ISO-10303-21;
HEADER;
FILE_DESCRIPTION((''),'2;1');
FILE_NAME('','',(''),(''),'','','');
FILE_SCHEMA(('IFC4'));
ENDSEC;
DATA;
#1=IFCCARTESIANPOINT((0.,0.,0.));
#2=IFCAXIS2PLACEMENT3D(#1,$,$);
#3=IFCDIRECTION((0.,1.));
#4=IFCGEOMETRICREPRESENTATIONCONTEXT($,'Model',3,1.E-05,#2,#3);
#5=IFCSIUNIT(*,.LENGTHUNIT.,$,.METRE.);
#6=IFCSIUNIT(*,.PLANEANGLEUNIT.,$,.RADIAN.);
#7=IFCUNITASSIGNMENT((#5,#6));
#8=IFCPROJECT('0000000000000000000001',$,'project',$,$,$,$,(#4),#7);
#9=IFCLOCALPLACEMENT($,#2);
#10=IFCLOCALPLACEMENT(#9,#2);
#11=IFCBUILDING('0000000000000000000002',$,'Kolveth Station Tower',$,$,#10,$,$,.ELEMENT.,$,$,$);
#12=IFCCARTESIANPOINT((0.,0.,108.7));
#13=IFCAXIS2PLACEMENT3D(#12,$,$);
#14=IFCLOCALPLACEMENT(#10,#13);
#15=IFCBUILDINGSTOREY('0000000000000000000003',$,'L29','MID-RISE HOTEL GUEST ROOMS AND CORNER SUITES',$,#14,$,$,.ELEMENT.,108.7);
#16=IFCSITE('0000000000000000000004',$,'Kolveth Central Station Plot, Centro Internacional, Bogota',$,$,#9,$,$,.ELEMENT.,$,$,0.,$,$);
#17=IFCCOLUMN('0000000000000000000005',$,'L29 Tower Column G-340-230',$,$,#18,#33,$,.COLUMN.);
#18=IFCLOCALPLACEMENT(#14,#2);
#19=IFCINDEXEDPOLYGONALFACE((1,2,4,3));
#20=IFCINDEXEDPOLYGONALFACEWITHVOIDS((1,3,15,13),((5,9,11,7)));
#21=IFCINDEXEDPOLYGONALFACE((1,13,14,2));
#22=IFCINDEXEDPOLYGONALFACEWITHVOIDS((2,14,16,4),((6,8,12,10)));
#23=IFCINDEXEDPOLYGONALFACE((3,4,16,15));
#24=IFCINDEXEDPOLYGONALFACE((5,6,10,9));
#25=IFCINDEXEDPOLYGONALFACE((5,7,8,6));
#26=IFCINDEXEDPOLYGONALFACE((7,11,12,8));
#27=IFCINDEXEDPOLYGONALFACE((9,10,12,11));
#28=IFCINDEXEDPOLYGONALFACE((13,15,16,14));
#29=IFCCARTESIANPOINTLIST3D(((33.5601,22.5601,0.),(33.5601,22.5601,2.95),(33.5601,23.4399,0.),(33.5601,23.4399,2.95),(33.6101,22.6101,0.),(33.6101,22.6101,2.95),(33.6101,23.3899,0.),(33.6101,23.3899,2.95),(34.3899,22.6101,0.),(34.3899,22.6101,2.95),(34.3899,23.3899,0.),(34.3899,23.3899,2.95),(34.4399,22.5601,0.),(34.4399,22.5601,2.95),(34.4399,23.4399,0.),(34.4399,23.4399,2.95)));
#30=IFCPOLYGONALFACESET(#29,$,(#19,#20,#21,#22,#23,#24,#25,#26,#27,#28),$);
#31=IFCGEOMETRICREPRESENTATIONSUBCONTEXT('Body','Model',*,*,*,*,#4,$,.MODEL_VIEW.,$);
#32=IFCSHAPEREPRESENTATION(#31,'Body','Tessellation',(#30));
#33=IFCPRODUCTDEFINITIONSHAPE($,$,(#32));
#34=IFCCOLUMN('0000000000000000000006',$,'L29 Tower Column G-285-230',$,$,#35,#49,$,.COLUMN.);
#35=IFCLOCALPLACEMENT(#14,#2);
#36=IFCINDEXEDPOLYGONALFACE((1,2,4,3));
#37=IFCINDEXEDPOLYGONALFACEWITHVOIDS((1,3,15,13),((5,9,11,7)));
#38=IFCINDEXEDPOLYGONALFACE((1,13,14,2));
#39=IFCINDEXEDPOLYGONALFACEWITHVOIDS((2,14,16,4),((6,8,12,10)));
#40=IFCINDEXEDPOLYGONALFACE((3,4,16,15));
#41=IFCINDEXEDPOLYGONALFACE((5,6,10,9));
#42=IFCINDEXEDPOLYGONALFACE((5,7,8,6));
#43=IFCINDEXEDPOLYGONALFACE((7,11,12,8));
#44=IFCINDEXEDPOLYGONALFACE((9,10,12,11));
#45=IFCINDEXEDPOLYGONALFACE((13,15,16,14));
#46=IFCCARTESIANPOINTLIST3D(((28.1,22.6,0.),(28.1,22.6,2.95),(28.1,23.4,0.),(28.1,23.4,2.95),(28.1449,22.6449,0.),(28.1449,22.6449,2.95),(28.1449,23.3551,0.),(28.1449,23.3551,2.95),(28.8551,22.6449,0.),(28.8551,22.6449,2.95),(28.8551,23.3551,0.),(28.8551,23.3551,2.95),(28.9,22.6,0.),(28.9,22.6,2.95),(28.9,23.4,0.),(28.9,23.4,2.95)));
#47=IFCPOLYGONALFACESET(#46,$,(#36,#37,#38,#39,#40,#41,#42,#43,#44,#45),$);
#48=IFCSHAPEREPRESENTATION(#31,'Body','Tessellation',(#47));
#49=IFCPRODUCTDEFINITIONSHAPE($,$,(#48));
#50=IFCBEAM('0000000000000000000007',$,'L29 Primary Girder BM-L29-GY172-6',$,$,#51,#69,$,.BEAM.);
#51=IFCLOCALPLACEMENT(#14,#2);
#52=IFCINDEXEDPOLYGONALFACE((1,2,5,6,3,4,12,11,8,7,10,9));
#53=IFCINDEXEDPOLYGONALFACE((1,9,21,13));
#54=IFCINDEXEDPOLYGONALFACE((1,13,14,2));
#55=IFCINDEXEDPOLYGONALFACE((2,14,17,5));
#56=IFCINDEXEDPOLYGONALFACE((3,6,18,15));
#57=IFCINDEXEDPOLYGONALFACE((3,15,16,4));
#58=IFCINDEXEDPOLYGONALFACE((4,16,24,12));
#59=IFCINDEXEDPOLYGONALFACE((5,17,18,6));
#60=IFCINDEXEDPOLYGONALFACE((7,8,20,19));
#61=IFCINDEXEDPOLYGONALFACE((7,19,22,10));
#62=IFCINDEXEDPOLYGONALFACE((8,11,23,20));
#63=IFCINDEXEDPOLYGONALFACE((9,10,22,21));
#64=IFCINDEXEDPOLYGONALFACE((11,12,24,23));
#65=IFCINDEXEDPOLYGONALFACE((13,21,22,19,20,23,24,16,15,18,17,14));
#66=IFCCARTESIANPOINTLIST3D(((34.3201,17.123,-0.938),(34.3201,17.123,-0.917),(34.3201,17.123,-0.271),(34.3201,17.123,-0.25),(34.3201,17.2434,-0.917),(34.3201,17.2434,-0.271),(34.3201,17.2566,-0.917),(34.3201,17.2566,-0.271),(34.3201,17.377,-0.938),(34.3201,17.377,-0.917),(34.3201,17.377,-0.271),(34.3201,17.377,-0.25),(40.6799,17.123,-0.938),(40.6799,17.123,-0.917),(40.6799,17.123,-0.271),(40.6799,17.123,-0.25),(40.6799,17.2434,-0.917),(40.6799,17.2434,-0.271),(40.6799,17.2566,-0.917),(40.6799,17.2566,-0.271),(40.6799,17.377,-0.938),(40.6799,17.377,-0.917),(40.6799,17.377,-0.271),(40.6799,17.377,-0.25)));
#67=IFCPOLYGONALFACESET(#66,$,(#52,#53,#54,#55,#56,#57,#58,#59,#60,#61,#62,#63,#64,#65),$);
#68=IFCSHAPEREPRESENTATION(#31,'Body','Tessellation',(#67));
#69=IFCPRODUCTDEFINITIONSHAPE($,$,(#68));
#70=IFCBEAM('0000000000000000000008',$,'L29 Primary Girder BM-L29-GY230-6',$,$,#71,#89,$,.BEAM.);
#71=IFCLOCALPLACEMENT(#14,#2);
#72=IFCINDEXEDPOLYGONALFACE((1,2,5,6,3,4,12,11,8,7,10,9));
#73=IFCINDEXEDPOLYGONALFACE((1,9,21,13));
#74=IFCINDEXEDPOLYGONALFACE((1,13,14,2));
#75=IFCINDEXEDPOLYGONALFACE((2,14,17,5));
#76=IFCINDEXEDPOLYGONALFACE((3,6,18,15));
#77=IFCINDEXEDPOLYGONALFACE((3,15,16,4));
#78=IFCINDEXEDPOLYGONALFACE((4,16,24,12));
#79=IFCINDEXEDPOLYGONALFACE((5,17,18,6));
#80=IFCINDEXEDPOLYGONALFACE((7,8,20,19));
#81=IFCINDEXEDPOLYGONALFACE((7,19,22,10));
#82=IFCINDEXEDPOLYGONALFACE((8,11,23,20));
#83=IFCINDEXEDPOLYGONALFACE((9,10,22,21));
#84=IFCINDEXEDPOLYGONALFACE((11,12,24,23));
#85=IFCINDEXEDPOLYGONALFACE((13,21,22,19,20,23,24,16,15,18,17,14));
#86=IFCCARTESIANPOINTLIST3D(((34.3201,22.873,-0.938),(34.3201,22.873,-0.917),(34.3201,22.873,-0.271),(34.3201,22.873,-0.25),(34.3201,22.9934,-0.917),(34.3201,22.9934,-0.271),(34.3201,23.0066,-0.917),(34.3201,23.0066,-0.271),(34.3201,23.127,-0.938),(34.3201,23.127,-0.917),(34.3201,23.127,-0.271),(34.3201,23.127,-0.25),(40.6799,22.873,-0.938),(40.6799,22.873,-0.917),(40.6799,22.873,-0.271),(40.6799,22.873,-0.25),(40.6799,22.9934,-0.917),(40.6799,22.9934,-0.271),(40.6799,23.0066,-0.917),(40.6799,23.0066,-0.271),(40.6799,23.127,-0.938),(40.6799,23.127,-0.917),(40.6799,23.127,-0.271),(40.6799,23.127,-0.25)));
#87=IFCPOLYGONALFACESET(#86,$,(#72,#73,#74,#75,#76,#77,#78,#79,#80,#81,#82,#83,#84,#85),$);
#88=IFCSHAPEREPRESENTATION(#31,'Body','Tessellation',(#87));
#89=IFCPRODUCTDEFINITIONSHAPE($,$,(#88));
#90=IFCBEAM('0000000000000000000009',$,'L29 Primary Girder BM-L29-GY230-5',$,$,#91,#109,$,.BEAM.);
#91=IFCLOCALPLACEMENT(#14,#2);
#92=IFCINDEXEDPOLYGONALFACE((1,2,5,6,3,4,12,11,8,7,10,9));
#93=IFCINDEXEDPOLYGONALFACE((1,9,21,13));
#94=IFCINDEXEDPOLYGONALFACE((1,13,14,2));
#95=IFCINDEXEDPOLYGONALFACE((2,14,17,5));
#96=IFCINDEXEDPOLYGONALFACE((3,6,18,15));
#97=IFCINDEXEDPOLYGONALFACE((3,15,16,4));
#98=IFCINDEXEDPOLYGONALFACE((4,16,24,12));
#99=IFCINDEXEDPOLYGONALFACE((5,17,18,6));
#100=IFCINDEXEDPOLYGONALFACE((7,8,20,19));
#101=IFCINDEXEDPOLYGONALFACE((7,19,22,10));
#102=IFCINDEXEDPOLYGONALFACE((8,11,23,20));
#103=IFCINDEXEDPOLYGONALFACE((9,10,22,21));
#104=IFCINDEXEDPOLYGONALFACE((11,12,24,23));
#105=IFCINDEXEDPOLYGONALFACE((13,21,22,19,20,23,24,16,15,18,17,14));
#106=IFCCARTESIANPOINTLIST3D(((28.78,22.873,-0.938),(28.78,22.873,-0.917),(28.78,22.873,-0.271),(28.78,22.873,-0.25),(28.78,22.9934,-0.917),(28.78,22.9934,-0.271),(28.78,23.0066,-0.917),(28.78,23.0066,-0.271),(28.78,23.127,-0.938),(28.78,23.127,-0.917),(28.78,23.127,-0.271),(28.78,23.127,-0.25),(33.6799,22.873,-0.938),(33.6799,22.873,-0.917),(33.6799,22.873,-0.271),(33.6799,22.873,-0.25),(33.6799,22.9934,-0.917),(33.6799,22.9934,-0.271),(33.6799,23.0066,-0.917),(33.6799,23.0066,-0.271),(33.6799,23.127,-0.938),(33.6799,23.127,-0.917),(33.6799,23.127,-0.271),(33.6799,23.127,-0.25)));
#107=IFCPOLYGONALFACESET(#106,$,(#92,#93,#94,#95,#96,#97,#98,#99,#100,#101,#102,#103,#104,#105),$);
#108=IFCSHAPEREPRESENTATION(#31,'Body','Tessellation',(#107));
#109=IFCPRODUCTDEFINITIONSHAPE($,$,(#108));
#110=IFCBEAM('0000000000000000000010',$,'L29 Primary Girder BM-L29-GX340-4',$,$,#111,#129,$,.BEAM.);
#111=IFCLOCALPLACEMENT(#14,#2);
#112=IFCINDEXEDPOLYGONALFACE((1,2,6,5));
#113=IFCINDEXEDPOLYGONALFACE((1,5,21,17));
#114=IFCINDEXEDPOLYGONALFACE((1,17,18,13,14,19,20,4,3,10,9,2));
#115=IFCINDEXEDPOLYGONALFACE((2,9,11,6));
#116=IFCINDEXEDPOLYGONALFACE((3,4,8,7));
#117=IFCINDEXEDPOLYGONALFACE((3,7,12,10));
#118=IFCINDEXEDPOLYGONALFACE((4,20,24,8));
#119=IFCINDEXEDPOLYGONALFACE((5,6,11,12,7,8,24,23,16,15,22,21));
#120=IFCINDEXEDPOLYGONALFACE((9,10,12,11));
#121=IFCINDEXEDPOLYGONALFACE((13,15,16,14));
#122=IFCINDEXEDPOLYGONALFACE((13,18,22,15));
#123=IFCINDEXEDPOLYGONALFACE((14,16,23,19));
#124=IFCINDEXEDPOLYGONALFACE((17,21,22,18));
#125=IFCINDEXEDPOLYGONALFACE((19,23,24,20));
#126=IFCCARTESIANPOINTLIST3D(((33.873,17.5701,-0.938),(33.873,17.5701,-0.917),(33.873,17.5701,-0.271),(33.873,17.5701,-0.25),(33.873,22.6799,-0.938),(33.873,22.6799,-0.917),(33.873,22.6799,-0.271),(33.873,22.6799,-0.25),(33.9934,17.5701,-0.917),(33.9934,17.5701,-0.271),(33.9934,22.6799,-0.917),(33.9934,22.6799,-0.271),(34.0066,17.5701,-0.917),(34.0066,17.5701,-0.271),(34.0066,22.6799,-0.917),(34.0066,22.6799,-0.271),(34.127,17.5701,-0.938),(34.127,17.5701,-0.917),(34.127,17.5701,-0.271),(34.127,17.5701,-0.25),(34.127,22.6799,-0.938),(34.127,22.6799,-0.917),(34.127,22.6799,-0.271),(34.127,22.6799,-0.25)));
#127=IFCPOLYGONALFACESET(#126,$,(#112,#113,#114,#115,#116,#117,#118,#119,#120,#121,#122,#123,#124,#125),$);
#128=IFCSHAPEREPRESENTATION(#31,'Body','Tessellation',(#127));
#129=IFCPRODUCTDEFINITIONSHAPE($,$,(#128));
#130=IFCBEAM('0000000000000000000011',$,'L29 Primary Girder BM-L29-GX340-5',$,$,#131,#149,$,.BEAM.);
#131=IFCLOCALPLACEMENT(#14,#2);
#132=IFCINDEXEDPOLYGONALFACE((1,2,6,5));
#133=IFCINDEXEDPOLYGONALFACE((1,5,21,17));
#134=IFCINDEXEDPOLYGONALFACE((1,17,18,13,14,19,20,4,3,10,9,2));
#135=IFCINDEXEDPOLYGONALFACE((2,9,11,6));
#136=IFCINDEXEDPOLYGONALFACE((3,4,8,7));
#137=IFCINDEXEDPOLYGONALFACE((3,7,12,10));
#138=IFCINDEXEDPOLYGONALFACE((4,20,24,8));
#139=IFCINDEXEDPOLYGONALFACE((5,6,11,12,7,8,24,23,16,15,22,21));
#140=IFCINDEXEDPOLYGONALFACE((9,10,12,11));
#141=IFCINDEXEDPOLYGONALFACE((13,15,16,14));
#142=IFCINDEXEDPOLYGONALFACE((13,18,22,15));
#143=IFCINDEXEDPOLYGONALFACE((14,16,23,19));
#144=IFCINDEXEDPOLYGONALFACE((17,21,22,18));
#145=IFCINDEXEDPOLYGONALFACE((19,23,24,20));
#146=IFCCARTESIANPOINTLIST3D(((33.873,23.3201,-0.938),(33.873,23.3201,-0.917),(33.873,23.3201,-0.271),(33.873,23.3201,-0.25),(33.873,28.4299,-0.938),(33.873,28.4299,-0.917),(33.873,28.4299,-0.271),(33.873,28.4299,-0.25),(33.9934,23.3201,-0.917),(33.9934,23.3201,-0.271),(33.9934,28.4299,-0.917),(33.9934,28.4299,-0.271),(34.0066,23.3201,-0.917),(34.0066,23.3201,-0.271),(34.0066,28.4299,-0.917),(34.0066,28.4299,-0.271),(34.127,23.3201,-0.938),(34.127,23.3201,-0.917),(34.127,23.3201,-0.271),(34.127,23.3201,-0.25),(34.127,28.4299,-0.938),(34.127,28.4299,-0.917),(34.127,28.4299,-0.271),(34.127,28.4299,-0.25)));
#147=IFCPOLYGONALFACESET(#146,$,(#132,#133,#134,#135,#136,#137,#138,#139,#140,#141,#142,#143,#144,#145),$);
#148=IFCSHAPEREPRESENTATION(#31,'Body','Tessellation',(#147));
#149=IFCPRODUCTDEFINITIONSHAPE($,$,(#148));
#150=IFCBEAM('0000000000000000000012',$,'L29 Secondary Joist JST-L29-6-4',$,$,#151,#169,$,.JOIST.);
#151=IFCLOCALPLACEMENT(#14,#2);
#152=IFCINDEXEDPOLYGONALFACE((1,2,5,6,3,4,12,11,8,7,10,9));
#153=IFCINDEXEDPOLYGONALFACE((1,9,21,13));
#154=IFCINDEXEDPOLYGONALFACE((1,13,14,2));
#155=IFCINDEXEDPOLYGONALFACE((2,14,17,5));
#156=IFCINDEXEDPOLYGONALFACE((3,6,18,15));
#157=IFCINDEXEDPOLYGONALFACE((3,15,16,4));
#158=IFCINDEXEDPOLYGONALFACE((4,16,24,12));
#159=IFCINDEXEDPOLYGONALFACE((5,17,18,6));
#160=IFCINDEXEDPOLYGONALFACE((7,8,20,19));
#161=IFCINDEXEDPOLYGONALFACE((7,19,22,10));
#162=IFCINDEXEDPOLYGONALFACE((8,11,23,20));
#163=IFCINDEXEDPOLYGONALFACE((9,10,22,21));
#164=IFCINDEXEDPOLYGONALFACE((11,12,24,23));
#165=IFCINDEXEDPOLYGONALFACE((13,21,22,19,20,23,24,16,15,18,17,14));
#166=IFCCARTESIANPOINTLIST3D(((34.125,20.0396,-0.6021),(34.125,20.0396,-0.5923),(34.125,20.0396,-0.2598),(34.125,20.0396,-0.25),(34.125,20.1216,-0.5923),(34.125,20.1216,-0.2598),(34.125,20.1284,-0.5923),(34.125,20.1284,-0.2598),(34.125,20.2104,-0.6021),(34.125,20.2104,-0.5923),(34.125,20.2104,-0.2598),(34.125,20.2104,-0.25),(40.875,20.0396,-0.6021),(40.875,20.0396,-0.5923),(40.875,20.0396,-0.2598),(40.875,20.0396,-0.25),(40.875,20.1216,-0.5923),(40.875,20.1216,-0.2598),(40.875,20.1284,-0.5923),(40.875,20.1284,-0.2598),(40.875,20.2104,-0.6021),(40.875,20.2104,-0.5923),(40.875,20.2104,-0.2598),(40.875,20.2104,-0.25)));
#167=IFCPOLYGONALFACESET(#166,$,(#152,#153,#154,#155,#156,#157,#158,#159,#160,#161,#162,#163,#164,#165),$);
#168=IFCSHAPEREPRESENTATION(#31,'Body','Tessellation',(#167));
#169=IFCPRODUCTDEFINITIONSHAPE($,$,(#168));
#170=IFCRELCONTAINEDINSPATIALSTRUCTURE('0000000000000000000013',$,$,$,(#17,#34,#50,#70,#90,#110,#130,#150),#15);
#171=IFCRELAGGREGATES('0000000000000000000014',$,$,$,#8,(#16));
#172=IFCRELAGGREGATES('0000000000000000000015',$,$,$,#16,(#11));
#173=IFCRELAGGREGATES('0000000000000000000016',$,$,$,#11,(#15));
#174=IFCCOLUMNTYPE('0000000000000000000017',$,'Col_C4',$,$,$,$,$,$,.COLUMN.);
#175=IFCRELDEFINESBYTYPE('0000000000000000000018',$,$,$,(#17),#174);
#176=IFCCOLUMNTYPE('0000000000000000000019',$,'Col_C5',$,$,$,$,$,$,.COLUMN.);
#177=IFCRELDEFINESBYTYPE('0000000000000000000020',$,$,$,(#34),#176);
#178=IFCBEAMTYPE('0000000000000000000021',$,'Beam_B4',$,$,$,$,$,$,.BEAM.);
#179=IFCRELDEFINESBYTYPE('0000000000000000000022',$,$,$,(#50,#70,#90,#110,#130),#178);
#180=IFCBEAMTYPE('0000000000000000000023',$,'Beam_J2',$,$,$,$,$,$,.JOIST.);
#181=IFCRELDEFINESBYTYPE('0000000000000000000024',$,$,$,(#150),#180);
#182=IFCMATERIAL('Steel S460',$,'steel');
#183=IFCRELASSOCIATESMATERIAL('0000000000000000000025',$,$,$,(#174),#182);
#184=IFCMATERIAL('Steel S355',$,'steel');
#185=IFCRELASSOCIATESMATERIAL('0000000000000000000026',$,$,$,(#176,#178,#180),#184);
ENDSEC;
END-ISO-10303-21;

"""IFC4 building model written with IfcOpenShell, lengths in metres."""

from ifc_helpers import new_model, si_unit, direction, frame, origin, origin_2d, place, context, subcontext, project, spatial, hollow_rectangle, i_section, extrude, source, transform, mapped, material, material_profile, profile_set, type_object, element, save


model = new_model("IFC4")

# Units and contexts
model_context = context("Model", 3, precision=1e-05, world=origin(), true_north=direction((0.0, 1.0)))
body_context = subcontext(model_context, "Body", "Model", "MODEL_VIEW")
ifc_project = project(units=[si_unit("LENGTHUNIT", "METRE"), si_unit("PLANEANGLEUNIT", "RADIAN")], contexts=[model_context])

# Site, building, storey
site_placement = place(None, origin())
site = spatial("IfcSite", under=ifc_project, at=site_placement, Name="Kolveth Central Station Plot, Centro Internacional, Bogota", CompositionType="ELEMENT", RefElevation=0.0)
building_placement = place(site_placement, origin())
building = spatial("IfcBuilding", under=site, at=building_placement, Name="Kolveth Station Tower", CompositionType="ELEMENT")
storey_placement = place(building_placement, frame((0.0, 0.0, 108.7)))
storey = spatial("IfcBuildingStorey", under=building, at=storey_placement, Name="L29", Description="MID-RISE HOTEL GUEST ROOMS AND CORNER SUITES", CompositionType="ELEMENT", Elevation=108.7)

# Columns
ifc_material_1 = material(Name="Steel S460", Category="steel")
ifc_material_profile_1 = material_profile(ifc_material_1, hollow_rectangle(XDim=0.8799, YDim=0.8799, WallThickness=0.05, at=origin_2d()), Name="BOX880x880x50")
ifc_profile_set_1 = profile_set([ifc_material_profile_1], Name="Steel S460")
column_type_1 = type_object("IfcColumnType", Name="Col_C4", PredefinedType="COLUMN", material=ifc_profile_set_1)
shared_shape_1 = source(origin(), body_context, "Body", "SweptSolid", [
    extrude(hollow_rectangle(XDim=0.8799, YDim=0.8799, WallThickness=0.05, at=origin_2d()), origin(), (0.0, 0.0, 1.0), 2.95),
])
column_1_placement = place(storey_placement, frame((34.0, 23.0, 0.0), z_axis=(0.0, 0.0, 1.0), x_axis=(1.0, 0.0, 0.0)))
element("IfcColumn", 1, at=column_1_placement, inside=storey, type_object=column_type_1, Name="L29 Tower Column G-340-230", PredefinedType="COLUMN", context=body_context, shape_type="MappedRepresentation", body=[
    mapped(shared_shape_1, transform((0.0, 0.0, 0.0), x_axis=(1.0, 0.0, 0.0), y_axis=(0.0, 1.0, 0.0), z_axis=(0.0, 0.0, 1.0), scale=1.0)),
])
ifc_material_2 = material(Name="Steel S355", Category="steel")
ifc_material_profile_2 = material_profile(ifc_material_2, hollow_rectangle(XDim=0.8, YDim=0.8, WallThickness=0.0449, at=origin_2d()), Name="BOX800x800x45")
ifc_profile_set_2 = profile_set([ifc_material_profile_2], Name="Steel S355")
column_type_2 = type_object("IfcColumnType", Name="Col_C5", PredefinedType="COLUMN", material=ifc_profile_set_2)
shared_shape_2 = source(origin(), body_context, "Body", "SweptSolid", [
    extrude(hollow_rectangle(XDim=0.8, YDim=0.8, WallThickness=0.0449, at=origin_2d()), origin(), (0.0, 0.0, 1.0), 2.95),
])
column_2_placement = place(storey_placement, frame((28.5, 23.0, 0.0), z_axis=(0.0, 0.0, 1.0), x_axis=(1.0, 0.0, 0.0)))
element("IfcColumn", 2, at=column_2_placement, inside=storey, type_object=column_type_2, Name="L29 Tower Column G-285-230", PredefinedType="COLUMN", context=body_context, shape_type="MappedRepresentation", body=[
    mapped(shared_shape_2, transform((0.0, 0.0, 0.0), x_axis=(1.0, 0.0, 0.0), y_axis=(0.0, 1.0, 0.0), z_axis=(0.0, 0.0, 1.0), scale=1.0)),
])

# Beams
ifc_material_profile_3 = material_profile(ifc_material_2, i_section(OverallWidth=0.2539, OverallDepth=0.688, WebThickness=0.0132, FlangeThickness=0.021, at=origin_2d()), Name="W690x152")
ifc_profile_set_3 = profile_set([ifc_material_profile_3], Name="Steel S355")
beam_type_1 = type_object("IfcBeamType", Name="Beam_B4", PredefinedType="BEAM", material=ifc_profile_set_3)
shared_shape_3 = source(origin(), body_context, "Body", "SweptSolid", [
    extrude(i_section(OverallWidth=0.2539, OverallDepth=0.688, WebThickness=0.0132, FlangeThickness=0.021, at=origin_2d()), origin(), (0.0, 0.0, 1.0), 6.3599),
])
for number, where, z_axis, x_axis, name in (
    (3, (34.3201, 17.25, -0.594), (1.0, 0.0, 0.0), (0.0, 1.0, 0.0), "L29 Primary Girder BM-L29-GY172-6"),
    (4, (34.3201, 23.0, -0.594), (1.0, 0.0, 0.0), (0.0, 1.0, 0.0), "L29 Primary Girder BM-L29-GY230-6"),
):
    element("IfcBeam", number, at=place(storey_placement, frame(where, z_axis=z_axis, x_axis=x_axis)), inside=storey, type_object=beam_type_1, Name=name, PredefinedType="BEAM", context=body_context, shape_type="MappedRepresentation", body=[
        mapped(shared_shape_3, transform((0.0, 0.0, 0.0), x_axis=(1.0, 0.0, 0.0), y_axis=(0.0, 1.0, 0.0), z_axis=(0.0, 0.0, 1.0), scale=1.0)),
    ])
shared_shape_4 = source(origin(), body_context, "Body", "SweptSolid", [
    extrude(i_section(OverallWidth=0.2539, OverallDepth=0.688, WebThickness=0.0132, FlangeThickness=0.021, at=origin_2d()), origin(), (0.0, 0.0, 1.0), 4.8999),
])
beam_1_placement = place(storey_placement, frame((28.78, 23.0, -0.594), z_axis=(1.0, 0.0, 0.0), x_axis=(0.0, 1.0, 0.0)))
element("IfcBeam", 5, at=beam_1_placement, inside=storey, type_object=beam_type_1, Name="L29 Primary Girder BM-L29-GY230-5", PredefinedType="BEAM", context=body_context, shape_type="MappedRepresentation", body=[
    mapped(shared_shape_4, transform((0.0, 0.0, 0.0), x_axis=(1.0, 0.0, 0.0), y_axis=(0.0, 1.0, 0.0), z_axis=(0.0, 0.0, 1.0), scale=1.0)),
])
shared_shape_5 = source(origin(), body_context, "Body", "SweptSolid", [
    extrude(i_section(OverallWidth=0.2539, OverallDepth=0.688, WebThickness=0.0132, FlangeThickness=0.021, at=origin_2d()), origin(), (0.0, 0.0, 1.0), 5.1099),
])
for number, where, z_axis, x_axis, name in (
    (6, (34.0, 17.5701, -0.594), (0.0, 1.0, 0.0), (-1.0, 0.0, 0.0), "L29 Primary Girder BM-L29-GX340-4"),
    (7, (34.0, 23.3201, -0.594), (0.0, 1.0, 0.0), (-1.0, 0.0, 0.0), "L29 Primary Girder BM-L29-GX340-5"),
):
    element("IfcBeam", number, at=place(storey_placement, frame(where, z_axis=z_axis, x_axis=x_axis)), inside=storey, type_object=beam_type_1, Name=name, PredefinedType="BEAM", context=body_context, shape_type="MappedRepresentation", body=[
        mapped(shared_shape_5, transform((0.0, 0.0, 0.0), x_axis=(1.0, 0.0, 0.0), y_axis=(0.0, 1.0, 0.0), z_axis=(0.0, 0.0, 1.0), scale=1.0)),
    ])
ifc_material_profile_4 = material_profile(ifc_material_2, i_section(OverallWidth=0.1709, OverallDepth=0.3521, WebThickness=0.0068, FlangeThickness=0.0098, at=origin_2d()), Name="W360x44")
ifc_profile_set_4 = profile_set([ifc_material_profile_4], Name="Steel S355")
beam_type_2 = type_object("IfcBeamType", Name="Beam_J2", PredefinedType="JOIST", material=ifc_profile_set_4)
shared_shape_6 = source(origin(), body_context, "Body", "SweptSolid", [
    extrude(i_section(OverallWidth=0.1709, OverallDepth=0.3521, WebThickness=0.0068, FlangeThickness=0.0098, at=origin_2d()), origin(), (0.0, 0.0, 1.0), 6.75),
])
beam_2_placement = place(storey_placement, frame((34.125, 20.125, -0.426), z_axis=(1.0, 0.0, 0.0), x_axis=(0.0, 1.0, 0.0)))
element("IfcBeam", 8, at=beam_2_placement, inside=storey, type_object=beam_type_2, Name="L29 Secondary Joist JST-L29-6-4", PredefinedType="JOIST", context=body_context, shape_type="MappedRepresentation", body=[
    mapped(shared_shape_6, transform((0.0, 0.0, 0.0), x_axis=(1.0, 0.0, 0.0), y_axis=(0.0, 1.0, 0.0), z_axis=(0.0, 0.0, 1.0), scale=1.0)),
])

save(model, "model.ifc")
